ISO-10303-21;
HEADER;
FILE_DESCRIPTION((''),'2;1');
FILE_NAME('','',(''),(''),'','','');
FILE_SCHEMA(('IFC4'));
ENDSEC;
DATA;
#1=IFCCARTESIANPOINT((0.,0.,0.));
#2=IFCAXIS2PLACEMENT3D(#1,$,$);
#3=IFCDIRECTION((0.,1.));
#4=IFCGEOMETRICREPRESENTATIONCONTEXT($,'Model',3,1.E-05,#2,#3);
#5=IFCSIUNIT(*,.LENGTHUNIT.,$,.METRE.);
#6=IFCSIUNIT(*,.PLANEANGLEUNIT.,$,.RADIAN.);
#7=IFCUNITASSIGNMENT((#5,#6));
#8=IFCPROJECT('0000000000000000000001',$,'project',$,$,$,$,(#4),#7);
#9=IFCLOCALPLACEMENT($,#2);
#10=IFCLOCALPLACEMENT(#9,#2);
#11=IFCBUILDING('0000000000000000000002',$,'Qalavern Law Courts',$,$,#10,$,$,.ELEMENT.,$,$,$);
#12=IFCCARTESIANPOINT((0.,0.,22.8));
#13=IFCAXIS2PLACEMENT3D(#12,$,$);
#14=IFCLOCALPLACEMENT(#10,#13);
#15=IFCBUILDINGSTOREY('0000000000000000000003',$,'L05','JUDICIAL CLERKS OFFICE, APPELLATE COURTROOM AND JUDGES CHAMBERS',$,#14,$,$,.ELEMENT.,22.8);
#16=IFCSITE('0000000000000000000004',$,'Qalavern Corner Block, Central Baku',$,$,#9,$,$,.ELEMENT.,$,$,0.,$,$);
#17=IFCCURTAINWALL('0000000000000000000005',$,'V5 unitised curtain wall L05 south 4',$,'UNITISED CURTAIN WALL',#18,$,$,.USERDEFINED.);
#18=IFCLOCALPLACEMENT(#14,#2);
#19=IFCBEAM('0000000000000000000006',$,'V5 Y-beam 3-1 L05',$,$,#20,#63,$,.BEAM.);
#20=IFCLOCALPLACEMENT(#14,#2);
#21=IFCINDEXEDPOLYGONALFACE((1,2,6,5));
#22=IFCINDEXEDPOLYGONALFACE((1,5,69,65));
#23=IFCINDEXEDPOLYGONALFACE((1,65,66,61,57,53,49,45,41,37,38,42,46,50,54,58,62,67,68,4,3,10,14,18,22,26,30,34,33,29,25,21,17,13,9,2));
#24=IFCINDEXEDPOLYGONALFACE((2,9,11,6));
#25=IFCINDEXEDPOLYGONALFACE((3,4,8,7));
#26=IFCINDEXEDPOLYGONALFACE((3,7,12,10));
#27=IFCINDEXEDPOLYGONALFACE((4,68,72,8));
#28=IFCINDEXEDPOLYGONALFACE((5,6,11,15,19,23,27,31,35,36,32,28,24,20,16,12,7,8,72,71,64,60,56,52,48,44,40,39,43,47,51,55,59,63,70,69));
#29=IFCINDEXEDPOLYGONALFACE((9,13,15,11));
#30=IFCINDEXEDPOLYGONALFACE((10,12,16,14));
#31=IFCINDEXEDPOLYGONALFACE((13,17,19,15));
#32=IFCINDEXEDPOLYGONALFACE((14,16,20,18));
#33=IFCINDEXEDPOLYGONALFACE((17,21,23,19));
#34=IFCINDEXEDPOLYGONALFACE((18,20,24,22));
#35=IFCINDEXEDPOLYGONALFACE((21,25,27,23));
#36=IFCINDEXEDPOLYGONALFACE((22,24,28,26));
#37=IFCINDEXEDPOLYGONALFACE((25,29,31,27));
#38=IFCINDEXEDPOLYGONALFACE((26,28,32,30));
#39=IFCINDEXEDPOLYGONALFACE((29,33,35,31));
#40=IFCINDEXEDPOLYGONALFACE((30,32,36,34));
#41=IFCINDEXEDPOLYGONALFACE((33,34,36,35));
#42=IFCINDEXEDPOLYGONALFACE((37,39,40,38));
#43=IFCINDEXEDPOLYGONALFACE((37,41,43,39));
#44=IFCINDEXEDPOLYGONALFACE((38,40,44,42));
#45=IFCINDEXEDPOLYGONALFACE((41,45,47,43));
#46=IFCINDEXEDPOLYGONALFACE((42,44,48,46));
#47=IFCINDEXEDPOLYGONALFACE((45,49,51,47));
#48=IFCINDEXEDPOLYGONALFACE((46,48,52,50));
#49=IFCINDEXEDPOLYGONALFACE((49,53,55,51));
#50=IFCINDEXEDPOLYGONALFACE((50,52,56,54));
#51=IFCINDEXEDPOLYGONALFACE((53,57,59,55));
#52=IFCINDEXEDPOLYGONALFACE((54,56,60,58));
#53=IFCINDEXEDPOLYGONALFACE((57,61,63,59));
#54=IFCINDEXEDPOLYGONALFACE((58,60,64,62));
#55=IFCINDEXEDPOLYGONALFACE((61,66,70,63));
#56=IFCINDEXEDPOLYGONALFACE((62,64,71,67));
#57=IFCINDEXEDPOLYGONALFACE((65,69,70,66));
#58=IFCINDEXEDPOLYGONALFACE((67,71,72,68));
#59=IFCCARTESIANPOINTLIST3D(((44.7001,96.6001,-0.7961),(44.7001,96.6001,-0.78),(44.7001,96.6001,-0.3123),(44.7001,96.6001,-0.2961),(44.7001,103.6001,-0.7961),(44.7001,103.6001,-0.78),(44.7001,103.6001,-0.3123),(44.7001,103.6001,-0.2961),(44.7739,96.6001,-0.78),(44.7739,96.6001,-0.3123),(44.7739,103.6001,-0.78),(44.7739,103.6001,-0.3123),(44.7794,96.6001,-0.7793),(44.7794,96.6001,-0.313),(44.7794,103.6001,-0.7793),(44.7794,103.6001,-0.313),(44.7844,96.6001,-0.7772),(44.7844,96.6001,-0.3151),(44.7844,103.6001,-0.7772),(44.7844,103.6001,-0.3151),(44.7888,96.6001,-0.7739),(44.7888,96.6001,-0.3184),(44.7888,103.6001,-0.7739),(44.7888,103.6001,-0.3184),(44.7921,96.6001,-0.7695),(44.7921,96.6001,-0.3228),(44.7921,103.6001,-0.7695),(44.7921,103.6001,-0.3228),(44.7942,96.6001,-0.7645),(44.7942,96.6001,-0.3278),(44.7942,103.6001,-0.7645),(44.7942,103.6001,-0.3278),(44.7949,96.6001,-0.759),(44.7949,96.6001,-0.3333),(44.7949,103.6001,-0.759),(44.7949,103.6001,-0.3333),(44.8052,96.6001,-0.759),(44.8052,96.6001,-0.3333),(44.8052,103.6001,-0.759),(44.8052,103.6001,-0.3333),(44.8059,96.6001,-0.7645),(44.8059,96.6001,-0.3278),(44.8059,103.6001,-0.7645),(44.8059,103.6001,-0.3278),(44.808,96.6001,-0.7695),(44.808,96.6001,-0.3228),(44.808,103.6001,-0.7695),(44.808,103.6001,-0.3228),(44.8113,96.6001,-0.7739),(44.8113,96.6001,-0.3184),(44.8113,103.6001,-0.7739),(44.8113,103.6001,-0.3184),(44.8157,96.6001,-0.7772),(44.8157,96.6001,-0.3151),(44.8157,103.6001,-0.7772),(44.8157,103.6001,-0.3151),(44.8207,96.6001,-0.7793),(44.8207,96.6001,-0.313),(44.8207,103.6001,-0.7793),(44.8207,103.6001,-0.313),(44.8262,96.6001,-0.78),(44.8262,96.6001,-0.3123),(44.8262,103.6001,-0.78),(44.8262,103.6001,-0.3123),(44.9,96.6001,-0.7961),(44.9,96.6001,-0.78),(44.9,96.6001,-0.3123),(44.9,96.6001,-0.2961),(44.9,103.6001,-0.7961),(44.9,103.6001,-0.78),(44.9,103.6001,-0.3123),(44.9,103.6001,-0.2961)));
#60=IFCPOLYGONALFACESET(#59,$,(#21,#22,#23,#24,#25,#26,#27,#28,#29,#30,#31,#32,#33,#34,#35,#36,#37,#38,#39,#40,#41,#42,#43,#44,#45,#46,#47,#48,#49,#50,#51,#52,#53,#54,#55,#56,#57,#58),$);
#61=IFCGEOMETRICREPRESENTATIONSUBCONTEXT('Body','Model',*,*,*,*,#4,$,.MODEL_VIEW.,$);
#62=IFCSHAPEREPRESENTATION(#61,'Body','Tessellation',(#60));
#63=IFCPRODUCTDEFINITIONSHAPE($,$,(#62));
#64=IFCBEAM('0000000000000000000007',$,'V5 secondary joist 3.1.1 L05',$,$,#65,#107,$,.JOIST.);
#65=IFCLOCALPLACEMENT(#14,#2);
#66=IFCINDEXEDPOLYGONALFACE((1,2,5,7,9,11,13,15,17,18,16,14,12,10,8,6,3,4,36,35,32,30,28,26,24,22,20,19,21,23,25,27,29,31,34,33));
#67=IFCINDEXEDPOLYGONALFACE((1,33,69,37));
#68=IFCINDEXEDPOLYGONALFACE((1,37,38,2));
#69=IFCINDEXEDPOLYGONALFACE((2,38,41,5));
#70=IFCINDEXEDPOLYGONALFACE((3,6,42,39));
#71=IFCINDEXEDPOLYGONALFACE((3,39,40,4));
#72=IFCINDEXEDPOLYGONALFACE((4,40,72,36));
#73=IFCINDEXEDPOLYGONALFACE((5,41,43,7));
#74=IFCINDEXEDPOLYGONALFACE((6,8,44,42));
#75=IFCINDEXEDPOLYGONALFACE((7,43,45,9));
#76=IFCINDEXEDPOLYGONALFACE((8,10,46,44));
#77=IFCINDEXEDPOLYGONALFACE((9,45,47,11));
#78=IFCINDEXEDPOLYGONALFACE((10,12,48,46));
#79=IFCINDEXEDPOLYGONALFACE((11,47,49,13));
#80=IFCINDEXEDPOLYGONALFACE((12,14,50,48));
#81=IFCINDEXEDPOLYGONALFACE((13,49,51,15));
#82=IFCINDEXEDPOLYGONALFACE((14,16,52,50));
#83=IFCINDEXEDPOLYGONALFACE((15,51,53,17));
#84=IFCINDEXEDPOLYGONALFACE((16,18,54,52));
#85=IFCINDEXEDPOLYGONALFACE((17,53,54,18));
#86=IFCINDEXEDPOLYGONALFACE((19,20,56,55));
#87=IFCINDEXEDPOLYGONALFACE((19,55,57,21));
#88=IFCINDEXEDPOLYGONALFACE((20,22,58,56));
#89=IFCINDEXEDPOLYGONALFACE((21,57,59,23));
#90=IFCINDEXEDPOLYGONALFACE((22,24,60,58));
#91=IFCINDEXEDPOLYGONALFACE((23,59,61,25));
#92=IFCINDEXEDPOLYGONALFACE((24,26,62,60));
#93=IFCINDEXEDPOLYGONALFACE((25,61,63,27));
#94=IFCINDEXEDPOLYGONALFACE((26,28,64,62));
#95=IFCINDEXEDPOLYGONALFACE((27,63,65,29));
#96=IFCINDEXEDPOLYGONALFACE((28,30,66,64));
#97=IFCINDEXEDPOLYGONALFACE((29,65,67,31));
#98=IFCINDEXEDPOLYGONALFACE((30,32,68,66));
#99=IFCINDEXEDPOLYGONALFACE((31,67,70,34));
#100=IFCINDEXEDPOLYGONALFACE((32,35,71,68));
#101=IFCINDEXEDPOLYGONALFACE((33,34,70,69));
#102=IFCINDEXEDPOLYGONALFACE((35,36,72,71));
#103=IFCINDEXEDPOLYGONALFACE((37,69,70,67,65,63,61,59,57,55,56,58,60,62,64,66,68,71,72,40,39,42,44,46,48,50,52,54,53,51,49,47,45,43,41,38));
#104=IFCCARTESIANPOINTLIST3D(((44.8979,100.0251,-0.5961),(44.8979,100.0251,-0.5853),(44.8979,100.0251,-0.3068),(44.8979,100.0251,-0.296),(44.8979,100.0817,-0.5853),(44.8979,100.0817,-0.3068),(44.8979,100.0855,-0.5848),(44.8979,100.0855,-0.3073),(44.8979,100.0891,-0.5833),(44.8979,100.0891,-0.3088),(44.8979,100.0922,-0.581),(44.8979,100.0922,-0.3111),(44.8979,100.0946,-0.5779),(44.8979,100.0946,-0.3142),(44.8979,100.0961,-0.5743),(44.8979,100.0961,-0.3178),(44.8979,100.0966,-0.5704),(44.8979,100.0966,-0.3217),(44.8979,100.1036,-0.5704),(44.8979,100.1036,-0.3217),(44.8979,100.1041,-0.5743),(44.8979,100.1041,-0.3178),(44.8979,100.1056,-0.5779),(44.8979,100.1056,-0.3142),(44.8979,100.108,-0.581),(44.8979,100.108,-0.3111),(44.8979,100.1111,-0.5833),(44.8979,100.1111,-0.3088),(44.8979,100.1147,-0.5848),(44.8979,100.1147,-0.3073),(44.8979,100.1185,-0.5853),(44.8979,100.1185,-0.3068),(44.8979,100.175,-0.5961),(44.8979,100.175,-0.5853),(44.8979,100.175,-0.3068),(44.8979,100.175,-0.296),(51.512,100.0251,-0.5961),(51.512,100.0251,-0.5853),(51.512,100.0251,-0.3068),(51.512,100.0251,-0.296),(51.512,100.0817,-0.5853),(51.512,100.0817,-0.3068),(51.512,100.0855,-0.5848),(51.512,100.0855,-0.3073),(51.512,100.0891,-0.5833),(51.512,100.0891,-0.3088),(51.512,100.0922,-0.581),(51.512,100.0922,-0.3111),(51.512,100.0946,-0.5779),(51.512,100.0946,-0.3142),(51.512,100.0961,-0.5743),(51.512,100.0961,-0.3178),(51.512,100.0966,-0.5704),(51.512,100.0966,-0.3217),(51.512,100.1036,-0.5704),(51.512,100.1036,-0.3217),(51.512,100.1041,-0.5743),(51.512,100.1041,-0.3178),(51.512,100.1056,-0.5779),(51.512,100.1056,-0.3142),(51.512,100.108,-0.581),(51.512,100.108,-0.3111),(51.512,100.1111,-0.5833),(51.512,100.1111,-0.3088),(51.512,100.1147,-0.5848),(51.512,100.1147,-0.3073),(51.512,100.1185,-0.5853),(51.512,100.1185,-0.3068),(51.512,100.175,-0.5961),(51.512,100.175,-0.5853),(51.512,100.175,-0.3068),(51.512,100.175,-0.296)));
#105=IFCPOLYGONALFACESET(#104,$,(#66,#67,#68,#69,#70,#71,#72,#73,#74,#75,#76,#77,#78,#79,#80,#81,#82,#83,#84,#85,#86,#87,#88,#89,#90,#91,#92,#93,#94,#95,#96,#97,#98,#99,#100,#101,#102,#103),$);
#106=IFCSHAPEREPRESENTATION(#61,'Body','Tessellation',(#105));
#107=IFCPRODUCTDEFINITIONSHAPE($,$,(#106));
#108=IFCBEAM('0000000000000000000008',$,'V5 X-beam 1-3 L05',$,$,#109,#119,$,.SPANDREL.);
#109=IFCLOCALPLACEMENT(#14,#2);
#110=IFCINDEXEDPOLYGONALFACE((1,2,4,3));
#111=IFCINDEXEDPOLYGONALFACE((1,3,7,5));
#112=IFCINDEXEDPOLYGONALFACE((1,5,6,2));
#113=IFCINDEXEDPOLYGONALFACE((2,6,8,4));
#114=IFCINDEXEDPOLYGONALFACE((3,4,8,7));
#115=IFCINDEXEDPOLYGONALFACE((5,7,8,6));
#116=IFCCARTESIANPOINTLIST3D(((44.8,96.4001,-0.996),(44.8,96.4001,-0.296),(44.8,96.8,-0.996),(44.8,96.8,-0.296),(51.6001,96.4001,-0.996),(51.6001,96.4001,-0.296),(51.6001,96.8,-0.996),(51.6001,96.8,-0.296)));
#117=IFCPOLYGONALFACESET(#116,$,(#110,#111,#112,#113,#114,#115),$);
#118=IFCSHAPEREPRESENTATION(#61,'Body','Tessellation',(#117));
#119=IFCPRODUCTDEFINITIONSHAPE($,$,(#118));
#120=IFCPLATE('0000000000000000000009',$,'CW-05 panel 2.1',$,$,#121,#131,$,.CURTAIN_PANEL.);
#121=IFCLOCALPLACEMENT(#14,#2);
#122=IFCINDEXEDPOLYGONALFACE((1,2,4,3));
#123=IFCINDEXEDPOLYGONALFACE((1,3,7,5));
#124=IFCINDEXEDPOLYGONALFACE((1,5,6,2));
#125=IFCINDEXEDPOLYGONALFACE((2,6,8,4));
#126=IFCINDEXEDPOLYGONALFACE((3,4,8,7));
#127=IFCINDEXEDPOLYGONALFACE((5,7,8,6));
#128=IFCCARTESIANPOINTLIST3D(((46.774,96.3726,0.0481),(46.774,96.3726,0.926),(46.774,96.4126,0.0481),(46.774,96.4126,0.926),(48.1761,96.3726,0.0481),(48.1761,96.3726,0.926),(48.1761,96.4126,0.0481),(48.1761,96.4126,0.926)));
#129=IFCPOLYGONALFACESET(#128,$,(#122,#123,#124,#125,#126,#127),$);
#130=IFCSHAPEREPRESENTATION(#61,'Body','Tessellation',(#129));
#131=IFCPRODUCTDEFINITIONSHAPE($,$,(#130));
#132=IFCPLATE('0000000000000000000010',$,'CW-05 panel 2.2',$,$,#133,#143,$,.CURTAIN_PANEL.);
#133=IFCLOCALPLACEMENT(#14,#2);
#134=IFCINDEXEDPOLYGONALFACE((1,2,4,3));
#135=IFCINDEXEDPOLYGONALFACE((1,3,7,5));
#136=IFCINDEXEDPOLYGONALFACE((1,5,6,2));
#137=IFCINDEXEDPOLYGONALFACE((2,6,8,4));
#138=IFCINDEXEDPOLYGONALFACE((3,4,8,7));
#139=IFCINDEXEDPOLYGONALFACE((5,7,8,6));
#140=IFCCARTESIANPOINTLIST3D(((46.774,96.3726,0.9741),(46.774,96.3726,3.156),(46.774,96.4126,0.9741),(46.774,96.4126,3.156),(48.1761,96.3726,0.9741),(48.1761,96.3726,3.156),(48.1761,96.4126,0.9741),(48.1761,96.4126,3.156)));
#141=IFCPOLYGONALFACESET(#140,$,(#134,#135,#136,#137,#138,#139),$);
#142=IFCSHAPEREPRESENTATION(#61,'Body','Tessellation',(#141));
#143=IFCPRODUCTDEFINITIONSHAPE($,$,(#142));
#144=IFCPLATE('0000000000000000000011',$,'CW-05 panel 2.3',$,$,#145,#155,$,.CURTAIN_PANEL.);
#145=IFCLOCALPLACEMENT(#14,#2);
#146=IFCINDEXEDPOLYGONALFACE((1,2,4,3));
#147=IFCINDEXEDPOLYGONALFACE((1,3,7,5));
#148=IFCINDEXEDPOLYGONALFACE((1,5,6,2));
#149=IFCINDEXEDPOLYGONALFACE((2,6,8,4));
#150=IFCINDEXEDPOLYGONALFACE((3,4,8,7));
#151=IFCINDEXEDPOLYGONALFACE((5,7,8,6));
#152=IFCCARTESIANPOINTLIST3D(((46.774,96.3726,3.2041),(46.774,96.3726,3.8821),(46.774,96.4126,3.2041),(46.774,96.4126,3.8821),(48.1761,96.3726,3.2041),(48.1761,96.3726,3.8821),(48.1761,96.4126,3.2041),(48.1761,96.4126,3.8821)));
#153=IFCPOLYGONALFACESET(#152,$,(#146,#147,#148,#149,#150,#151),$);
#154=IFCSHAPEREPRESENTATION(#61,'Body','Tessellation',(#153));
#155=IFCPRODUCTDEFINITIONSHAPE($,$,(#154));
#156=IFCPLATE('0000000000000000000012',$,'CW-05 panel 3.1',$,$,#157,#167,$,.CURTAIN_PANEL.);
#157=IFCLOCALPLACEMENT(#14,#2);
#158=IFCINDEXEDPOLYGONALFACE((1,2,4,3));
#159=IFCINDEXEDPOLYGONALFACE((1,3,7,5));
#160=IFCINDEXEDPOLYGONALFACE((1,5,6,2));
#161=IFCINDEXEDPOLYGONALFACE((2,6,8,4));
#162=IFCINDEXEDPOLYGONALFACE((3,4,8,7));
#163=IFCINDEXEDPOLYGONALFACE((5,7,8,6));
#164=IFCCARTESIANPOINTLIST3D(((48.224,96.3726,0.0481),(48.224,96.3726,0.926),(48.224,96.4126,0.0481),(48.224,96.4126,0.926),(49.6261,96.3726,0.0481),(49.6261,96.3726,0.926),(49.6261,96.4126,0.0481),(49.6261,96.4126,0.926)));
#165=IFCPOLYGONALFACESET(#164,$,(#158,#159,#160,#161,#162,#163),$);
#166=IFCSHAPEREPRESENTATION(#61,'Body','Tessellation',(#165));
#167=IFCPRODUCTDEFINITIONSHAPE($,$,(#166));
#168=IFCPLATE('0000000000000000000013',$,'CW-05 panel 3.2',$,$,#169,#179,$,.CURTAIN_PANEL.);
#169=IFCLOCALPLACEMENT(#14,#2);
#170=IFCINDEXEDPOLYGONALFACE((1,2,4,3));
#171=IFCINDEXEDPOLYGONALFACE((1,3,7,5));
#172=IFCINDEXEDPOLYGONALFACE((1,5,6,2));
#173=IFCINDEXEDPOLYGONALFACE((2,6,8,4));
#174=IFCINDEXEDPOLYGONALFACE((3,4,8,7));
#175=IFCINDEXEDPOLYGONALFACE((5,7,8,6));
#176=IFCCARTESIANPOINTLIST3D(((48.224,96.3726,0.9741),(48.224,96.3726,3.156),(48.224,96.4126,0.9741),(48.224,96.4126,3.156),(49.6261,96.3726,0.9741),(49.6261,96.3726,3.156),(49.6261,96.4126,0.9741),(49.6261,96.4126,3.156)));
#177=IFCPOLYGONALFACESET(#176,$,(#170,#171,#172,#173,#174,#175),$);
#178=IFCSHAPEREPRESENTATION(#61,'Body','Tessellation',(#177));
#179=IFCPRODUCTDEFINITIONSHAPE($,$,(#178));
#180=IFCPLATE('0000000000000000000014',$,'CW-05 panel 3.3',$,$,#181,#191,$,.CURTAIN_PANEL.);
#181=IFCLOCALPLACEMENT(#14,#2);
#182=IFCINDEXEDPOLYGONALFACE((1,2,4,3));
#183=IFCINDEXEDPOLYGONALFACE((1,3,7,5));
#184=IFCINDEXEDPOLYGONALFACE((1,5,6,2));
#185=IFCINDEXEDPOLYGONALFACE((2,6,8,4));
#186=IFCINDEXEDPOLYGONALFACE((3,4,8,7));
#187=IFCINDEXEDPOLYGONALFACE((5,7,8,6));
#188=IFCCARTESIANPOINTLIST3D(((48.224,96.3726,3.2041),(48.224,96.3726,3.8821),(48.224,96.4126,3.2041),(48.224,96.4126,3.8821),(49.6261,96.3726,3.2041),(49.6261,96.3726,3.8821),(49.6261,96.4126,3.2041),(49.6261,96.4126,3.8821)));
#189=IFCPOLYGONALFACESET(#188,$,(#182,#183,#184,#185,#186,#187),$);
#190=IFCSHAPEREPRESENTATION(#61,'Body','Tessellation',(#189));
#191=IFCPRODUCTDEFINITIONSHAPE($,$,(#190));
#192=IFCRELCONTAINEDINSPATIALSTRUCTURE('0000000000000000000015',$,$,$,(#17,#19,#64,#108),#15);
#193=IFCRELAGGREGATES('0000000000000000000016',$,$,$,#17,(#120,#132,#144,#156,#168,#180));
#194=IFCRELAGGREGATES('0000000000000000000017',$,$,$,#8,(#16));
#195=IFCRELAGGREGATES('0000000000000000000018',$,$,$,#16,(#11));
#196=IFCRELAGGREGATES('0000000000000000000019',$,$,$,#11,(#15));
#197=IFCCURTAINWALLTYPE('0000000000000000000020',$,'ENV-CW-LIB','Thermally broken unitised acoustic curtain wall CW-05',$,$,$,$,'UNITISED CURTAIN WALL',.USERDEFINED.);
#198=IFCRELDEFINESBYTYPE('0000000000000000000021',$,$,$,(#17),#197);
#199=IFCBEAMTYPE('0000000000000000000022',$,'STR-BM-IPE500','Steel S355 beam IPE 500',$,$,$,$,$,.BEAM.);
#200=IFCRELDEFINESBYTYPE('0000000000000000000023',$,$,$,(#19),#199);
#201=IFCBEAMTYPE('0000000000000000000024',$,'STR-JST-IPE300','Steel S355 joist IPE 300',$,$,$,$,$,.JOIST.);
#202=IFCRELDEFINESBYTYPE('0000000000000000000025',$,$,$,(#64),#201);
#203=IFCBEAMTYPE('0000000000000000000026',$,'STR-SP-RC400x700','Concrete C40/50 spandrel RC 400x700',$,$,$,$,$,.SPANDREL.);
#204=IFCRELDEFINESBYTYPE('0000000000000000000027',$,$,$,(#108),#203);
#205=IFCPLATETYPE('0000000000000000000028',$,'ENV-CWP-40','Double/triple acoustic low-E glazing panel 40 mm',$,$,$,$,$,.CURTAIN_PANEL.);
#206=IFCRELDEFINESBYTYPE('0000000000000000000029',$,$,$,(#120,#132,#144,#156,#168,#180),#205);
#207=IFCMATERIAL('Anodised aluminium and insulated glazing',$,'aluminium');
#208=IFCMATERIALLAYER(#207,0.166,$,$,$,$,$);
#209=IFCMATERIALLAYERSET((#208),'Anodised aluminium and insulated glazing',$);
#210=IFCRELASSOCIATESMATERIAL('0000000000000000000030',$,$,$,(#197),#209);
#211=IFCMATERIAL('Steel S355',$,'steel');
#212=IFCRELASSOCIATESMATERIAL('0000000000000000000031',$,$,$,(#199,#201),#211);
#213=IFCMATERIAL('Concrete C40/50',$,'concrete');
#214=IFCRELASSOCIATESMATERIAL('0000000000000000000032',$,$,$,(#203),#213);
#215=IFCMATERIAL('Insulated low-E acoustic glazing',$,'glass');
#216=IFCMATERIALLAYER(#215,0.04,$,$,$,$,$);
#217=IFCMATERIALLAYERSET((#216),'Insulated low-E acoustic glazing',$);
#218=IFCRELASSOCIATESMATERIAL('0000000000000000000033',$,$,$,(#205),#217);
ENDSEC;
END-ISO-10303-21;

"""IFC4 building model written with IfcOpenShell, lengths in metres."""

from ifc_helpers import new_model, si_unit, direction, frame, origin, origin_2d, place, context, subcontext, project, spatial, rectangle, i_section, extrude, material, layer, layer_set, material_profile, profile_set, type_object, element, aggregate, save


model = new_model("IFC4")

# Units and contexts
model_context = context("Model", 3, precision=1e-05, world=origin(), true_north=direction((0.0, 1.0)))
body_context = subcontext(model_context, "Body", "Model", "MODEL_VIEW")
ifc_project = project(units=[si_unit("LENGTHUNIT", "METRE"), si_unit("PLANEANGLEUNIT", "RADIAN")], contexts=[model_context])

# Site, building, storey
site_placement = place(None, origin())
site = spatial("IfcSite", under=ifc_project, at=site_placement, Name="Qalavern Corner Block, Central Baku", CompositionType="ELEMENT", RefElevation=0.0)
building_placement = place(site_placement, origin())
building = spatial("IfcBuilding", under=site, at=building_placement, Name="Qalavern Law Courts", CompositionType="ELEMENT")
storey_placement = place(building_placement, frame((0.0, 0.0, 22.8)))
storey = spatial("IfcBuildingStorey", under=building, at=storey_placement, Name="L05", Description="JUDICIAL CLERKS OFFICE, APPELLATE COURTROOM AND JUDGES CHAMBERS", CompositionType="ELEMENT", Elevation=22.8)

# Curtain wall
ifc_material_1 = material(Name="Anodised aluminium and insulated glazing", Category="aluminium")
ifc_layer_1 = layer(ifc_material_1, 0.166)
ifc_layer_set_1 = layer_set([ifc_layer_1], Name="Anodised aluminium and insulated glazing")
curtain_wall_type = type_object("IfcCurtainWallType", Name="ENV-CW-LIB", Description="Thermally broken unitised acoustic curtain wall CW-05", ElementType="UNITISED CURTAIN WALL", PredefinedType="USERDEFINED", material=ifc_layer_set_1)
curtain_wall_placement = place(storey_placement, origin())
curtain_wall = element("IfcCurtainWall", 1, at=curtain_wall_placement, inside=storey, type_object=curtain_wall_type, Name="V5 unitised curtain wall L05 south 4", ObjectType="UNITISED CURTAIN WALL", PredefinedType="USERDEFINED")

# Beams
ifc_material_2 = material(Name="Steel S355", Category="steel")
ifc_material_profile_1 = material_profile(ifc_material_2, i_section(OverallWidth=0.2, OverallDepth=0.5, WebThickness=0.0103, FlangeThickness=0.0161, FilletRadius=0.021, at=origin_2d()), Name="IPE 500")
ifc_profile_set_1 = profile_set([ifc_material_profile_1], Name="Steel S355")
beam_type_1 = type_object("IfcBeamType", Name="STR-BM-IPE500", Description="Steel S355 beam IPE 500", PredefinedType="BEAM", material=ifc_profile_set_1)
beam_1_placement = place(storey_placement, frame((44.8, 96.6001, -0.5461), z_axis=(0.0, 1.0, 0.0), x_axis=(-1.0, 0.0, 0.0)))
element("IfcBeam", 2, at=beam_1_placement, inside=storey, type_object=beam_type_1, Name="V5 Y-beam 3-1 L05", PredefinedType="BEAM", context=body_context, shape_type="SweptSolid", body=[
    extrude(i_section(OverallWidth=0.2, OverallDepth=0.5, WebThickness=0.0103, FlangeThickness=0.0161, FilletRadius=0.021, at=origin_2d()), origin(), (0.0, 0.0, 1.0), 7.0),
])
ifc_material_profile_2 = material_profile(ifc_material_2, i_section(OverallWidth=0.1499, OverallDepth=0.3, WebThickness=0.0071, FlangeThickness=0.0107, FilletRadius=0.0149, at=origin_2d()), Name="IPE 300")
ifc_profile_set_2 = profile_set([ifc_material_profile_2], Name="Steel S355")
beam_type_2 = type_object("IfcBeamType", Name="STR-JST-IPE300", Description="Steel S355 joist IPE 300", PredefinedType="JOIST", material=ifc_profile_set_2)
beam_2_placement = place(storey_placement, frame((44.8979, 100.1001, -0.446), z_axis=(1.0, 0.0, 0.0), x_axis=(0.0, 1.0, 0.0)))
element("IfcBeam", 3, at=beam_2_placement, inside=storey, type_object=beam_type_2, Name="V5 secondary joist 3.1.1 L05", PredefinedType="JOIST", context=body_context, shape_type="SweptSolid", body=[
    extrude(i_section(OverallWidth=0.1499, OverallDepth=0.3, WebThickness=0.0071, FlangeThickness=0.0107, FilletRadius=0.0149, at=origin_2d()), origin(), (0.0, 0.0, 1.0), 6.614),
])
ifc_material_3 = material(Name="Concrete C40/50", Category="concrete")
ifc_material_profile_3 = material_profile(ifc_material_3, rectangle(XDim=0.3999, YDim=0.7, at=origin_2d()), Name="RC 400x700")
ifc_profile_set_3 = profile_set([ifc_material_profile_3], Name="Concrete C40/50")
beam_type_3 = type_object("IfcBeamType", Name="STR-SP-RC400x700", Description="Concrete C40/50 spandrel RC 400x700", PredefinedType="SPANDREL", material=ifc_profile_set_3)
beam_3_placement = place(storey_placement, frame((44.8, 96.6001, -0.646), z_axis=(1.0, 0.0, 0.0), x_axis=(0.0, 1.0, 0.0)))
element("IfcBeam", 4, at=beam_3_placement, inside=storey, type_object=beam_type_3, Name="V5 X-beam 1-3 L05", PredefinedType="SPANDREL", context=body_context, shape_type="SweptSolid", body=[
    extrude(rectangle(XDim=0.3999, YDim=0.7, at=origin_2d()), origin(), (0.0, 0.0, 1.0), 6.8),
])

# Plates
ifc_material_4 = material(Name="Insulated low-E acoustic glazing", Category="glass")
ifc_layer_2 = layer(ifc_material_4, 0.04)
ifc_layer_set_2 = layer_set([ifc_layer_2], Name="Insulated low-E acoustic glazing")
plate_type = type_object("IfcPlateType", Name="ENV-CWP-40", Description="Double/triple acoustic low-E glazing panel 40 mm", PredefinedType="CURTAIN_PANEL", material=ifc_layer_set_2)
plate_1_placement = place(storey_placement, frame((47.4751, 96.3926, 0.0481), z_axis=(0.0, 0.0, 1.0), x_axis=(1.0, 0.0, 0.0)))
plate_1 = element("IfcPlate", 5, at=plate_1_placement, type_object=plate_type, Name="CW-05 panel 2.1", PredefinedType="CURTAIN_PANEL", context=body_context, shape_type="SweptSolid", body=[
    extrude(rectangle(XDim=1.4021, YDim=0.04, at=origin_2d()), origin(), (0.0, 0.0, 1.0), 0.8779),
])
plate_2_placement = place(storey_placement, frame((47.4751, 96.3926, 0.9741), z_axis=(0.0, 0.0, 1.0), x_axis=(1.0, 0.0, 0.0)))
plate_2 = element("IfcPlate", 6, at=plate_2_placement, type_object=plate_type, Name="CW-05 panel 2.2", PredefinedType="CURTAIN_PANEL", context=body_context, shape_type="SweptSolid", body=[
    extrude(rectangle(XDim=1.4021, YDim=0.04, at=origin_2d()), origin(), (0.0, 0.0, 1.0), 2.1819),
])
plate_3_placement = place(storey_placement, frame((47.4751, 96.3926, 3.2041), z_axis=(0.0, 0.0, 1.0), x_axis=(1.0, 0.0, 0.0)))
plate_3 = element("IfcPlate", 7, at=plate_3_placement, type_object=plate_type, Name="CW-05 panel 2.3", PredefinedType="CURTAIN_PANEL", context=body_context, shape_type="SweptSolid", body=[
    extrude(rectangle(XDim=1.4021, YDim=0.04, at=origin_2d()), origin(), (0.0, 0.0, 1.0), 0.678),
])
plate_4_placement = place(storey_placement, frame((48.925, 96.3926, 0.0481), z_axis=(0.0, 0.0, 1.0), x_axis=(1.0, 0.0, 0.0)))
plate_4 = element("IfcPlate", 8, at=plate_4_placement, type_object=plate_type, Name="CW-05 panel 3.1", PredefinedType="CURTAIN_PANEL", context=body_context, shape_type="SweptSolid", body=[
    extrude(rectangle(XDim=1.4021, YDim=0.04, at=origin_2d()), origin(), (0.0, 0.0, 1.0), 0.8779),
])
plate_5_placement = place(storey_placement, frame((48.925, 96.3926, 0.9741), z_axis=(0.0, 0.0, 1.0), x_axis=(1.0, 0.0, 0.0)))
plate_5 = element("IfcPlate", 9, at=plate_5_placement, type_object=plate_type, Name="CW-05 panel 3.2", PredefinedType="CURTAIN_PANEL", context=body_context, shape_type="SweptSolid", body=[
    extrude(rectangle(XDim=1.4021, YDim=0.04, at=origin_2d()), origin(), (0.0, 0.0, 1.0), 2.1819),
])
plate_6_placement = place(storey_placement, frame((48.925, 96.3926, 3.2041), z_axis=(0.0, 0.0, 1.0), x_axis=(1.0, 0.0, 0.0)))
plate_6 = element("IfcPlate", 10, at=plate_6_placement, type_object=plate_type, Name="CW-05 panel 3.3", PredefinedType="CURTAIN_PANEL", context=body_context, shape_type="SweptSolid", body=[
    extrude(rectangle(XDim=1.4021, YDim=0.04, at=origin_2d()), origin(), (0.0, 0.0, 1.0), 0.678),
])
aggregate(curtain_wall, [plate_1, plate_2, plate_3, plate_4, plate_5, plate_6])

save(model, "model.ifc")
